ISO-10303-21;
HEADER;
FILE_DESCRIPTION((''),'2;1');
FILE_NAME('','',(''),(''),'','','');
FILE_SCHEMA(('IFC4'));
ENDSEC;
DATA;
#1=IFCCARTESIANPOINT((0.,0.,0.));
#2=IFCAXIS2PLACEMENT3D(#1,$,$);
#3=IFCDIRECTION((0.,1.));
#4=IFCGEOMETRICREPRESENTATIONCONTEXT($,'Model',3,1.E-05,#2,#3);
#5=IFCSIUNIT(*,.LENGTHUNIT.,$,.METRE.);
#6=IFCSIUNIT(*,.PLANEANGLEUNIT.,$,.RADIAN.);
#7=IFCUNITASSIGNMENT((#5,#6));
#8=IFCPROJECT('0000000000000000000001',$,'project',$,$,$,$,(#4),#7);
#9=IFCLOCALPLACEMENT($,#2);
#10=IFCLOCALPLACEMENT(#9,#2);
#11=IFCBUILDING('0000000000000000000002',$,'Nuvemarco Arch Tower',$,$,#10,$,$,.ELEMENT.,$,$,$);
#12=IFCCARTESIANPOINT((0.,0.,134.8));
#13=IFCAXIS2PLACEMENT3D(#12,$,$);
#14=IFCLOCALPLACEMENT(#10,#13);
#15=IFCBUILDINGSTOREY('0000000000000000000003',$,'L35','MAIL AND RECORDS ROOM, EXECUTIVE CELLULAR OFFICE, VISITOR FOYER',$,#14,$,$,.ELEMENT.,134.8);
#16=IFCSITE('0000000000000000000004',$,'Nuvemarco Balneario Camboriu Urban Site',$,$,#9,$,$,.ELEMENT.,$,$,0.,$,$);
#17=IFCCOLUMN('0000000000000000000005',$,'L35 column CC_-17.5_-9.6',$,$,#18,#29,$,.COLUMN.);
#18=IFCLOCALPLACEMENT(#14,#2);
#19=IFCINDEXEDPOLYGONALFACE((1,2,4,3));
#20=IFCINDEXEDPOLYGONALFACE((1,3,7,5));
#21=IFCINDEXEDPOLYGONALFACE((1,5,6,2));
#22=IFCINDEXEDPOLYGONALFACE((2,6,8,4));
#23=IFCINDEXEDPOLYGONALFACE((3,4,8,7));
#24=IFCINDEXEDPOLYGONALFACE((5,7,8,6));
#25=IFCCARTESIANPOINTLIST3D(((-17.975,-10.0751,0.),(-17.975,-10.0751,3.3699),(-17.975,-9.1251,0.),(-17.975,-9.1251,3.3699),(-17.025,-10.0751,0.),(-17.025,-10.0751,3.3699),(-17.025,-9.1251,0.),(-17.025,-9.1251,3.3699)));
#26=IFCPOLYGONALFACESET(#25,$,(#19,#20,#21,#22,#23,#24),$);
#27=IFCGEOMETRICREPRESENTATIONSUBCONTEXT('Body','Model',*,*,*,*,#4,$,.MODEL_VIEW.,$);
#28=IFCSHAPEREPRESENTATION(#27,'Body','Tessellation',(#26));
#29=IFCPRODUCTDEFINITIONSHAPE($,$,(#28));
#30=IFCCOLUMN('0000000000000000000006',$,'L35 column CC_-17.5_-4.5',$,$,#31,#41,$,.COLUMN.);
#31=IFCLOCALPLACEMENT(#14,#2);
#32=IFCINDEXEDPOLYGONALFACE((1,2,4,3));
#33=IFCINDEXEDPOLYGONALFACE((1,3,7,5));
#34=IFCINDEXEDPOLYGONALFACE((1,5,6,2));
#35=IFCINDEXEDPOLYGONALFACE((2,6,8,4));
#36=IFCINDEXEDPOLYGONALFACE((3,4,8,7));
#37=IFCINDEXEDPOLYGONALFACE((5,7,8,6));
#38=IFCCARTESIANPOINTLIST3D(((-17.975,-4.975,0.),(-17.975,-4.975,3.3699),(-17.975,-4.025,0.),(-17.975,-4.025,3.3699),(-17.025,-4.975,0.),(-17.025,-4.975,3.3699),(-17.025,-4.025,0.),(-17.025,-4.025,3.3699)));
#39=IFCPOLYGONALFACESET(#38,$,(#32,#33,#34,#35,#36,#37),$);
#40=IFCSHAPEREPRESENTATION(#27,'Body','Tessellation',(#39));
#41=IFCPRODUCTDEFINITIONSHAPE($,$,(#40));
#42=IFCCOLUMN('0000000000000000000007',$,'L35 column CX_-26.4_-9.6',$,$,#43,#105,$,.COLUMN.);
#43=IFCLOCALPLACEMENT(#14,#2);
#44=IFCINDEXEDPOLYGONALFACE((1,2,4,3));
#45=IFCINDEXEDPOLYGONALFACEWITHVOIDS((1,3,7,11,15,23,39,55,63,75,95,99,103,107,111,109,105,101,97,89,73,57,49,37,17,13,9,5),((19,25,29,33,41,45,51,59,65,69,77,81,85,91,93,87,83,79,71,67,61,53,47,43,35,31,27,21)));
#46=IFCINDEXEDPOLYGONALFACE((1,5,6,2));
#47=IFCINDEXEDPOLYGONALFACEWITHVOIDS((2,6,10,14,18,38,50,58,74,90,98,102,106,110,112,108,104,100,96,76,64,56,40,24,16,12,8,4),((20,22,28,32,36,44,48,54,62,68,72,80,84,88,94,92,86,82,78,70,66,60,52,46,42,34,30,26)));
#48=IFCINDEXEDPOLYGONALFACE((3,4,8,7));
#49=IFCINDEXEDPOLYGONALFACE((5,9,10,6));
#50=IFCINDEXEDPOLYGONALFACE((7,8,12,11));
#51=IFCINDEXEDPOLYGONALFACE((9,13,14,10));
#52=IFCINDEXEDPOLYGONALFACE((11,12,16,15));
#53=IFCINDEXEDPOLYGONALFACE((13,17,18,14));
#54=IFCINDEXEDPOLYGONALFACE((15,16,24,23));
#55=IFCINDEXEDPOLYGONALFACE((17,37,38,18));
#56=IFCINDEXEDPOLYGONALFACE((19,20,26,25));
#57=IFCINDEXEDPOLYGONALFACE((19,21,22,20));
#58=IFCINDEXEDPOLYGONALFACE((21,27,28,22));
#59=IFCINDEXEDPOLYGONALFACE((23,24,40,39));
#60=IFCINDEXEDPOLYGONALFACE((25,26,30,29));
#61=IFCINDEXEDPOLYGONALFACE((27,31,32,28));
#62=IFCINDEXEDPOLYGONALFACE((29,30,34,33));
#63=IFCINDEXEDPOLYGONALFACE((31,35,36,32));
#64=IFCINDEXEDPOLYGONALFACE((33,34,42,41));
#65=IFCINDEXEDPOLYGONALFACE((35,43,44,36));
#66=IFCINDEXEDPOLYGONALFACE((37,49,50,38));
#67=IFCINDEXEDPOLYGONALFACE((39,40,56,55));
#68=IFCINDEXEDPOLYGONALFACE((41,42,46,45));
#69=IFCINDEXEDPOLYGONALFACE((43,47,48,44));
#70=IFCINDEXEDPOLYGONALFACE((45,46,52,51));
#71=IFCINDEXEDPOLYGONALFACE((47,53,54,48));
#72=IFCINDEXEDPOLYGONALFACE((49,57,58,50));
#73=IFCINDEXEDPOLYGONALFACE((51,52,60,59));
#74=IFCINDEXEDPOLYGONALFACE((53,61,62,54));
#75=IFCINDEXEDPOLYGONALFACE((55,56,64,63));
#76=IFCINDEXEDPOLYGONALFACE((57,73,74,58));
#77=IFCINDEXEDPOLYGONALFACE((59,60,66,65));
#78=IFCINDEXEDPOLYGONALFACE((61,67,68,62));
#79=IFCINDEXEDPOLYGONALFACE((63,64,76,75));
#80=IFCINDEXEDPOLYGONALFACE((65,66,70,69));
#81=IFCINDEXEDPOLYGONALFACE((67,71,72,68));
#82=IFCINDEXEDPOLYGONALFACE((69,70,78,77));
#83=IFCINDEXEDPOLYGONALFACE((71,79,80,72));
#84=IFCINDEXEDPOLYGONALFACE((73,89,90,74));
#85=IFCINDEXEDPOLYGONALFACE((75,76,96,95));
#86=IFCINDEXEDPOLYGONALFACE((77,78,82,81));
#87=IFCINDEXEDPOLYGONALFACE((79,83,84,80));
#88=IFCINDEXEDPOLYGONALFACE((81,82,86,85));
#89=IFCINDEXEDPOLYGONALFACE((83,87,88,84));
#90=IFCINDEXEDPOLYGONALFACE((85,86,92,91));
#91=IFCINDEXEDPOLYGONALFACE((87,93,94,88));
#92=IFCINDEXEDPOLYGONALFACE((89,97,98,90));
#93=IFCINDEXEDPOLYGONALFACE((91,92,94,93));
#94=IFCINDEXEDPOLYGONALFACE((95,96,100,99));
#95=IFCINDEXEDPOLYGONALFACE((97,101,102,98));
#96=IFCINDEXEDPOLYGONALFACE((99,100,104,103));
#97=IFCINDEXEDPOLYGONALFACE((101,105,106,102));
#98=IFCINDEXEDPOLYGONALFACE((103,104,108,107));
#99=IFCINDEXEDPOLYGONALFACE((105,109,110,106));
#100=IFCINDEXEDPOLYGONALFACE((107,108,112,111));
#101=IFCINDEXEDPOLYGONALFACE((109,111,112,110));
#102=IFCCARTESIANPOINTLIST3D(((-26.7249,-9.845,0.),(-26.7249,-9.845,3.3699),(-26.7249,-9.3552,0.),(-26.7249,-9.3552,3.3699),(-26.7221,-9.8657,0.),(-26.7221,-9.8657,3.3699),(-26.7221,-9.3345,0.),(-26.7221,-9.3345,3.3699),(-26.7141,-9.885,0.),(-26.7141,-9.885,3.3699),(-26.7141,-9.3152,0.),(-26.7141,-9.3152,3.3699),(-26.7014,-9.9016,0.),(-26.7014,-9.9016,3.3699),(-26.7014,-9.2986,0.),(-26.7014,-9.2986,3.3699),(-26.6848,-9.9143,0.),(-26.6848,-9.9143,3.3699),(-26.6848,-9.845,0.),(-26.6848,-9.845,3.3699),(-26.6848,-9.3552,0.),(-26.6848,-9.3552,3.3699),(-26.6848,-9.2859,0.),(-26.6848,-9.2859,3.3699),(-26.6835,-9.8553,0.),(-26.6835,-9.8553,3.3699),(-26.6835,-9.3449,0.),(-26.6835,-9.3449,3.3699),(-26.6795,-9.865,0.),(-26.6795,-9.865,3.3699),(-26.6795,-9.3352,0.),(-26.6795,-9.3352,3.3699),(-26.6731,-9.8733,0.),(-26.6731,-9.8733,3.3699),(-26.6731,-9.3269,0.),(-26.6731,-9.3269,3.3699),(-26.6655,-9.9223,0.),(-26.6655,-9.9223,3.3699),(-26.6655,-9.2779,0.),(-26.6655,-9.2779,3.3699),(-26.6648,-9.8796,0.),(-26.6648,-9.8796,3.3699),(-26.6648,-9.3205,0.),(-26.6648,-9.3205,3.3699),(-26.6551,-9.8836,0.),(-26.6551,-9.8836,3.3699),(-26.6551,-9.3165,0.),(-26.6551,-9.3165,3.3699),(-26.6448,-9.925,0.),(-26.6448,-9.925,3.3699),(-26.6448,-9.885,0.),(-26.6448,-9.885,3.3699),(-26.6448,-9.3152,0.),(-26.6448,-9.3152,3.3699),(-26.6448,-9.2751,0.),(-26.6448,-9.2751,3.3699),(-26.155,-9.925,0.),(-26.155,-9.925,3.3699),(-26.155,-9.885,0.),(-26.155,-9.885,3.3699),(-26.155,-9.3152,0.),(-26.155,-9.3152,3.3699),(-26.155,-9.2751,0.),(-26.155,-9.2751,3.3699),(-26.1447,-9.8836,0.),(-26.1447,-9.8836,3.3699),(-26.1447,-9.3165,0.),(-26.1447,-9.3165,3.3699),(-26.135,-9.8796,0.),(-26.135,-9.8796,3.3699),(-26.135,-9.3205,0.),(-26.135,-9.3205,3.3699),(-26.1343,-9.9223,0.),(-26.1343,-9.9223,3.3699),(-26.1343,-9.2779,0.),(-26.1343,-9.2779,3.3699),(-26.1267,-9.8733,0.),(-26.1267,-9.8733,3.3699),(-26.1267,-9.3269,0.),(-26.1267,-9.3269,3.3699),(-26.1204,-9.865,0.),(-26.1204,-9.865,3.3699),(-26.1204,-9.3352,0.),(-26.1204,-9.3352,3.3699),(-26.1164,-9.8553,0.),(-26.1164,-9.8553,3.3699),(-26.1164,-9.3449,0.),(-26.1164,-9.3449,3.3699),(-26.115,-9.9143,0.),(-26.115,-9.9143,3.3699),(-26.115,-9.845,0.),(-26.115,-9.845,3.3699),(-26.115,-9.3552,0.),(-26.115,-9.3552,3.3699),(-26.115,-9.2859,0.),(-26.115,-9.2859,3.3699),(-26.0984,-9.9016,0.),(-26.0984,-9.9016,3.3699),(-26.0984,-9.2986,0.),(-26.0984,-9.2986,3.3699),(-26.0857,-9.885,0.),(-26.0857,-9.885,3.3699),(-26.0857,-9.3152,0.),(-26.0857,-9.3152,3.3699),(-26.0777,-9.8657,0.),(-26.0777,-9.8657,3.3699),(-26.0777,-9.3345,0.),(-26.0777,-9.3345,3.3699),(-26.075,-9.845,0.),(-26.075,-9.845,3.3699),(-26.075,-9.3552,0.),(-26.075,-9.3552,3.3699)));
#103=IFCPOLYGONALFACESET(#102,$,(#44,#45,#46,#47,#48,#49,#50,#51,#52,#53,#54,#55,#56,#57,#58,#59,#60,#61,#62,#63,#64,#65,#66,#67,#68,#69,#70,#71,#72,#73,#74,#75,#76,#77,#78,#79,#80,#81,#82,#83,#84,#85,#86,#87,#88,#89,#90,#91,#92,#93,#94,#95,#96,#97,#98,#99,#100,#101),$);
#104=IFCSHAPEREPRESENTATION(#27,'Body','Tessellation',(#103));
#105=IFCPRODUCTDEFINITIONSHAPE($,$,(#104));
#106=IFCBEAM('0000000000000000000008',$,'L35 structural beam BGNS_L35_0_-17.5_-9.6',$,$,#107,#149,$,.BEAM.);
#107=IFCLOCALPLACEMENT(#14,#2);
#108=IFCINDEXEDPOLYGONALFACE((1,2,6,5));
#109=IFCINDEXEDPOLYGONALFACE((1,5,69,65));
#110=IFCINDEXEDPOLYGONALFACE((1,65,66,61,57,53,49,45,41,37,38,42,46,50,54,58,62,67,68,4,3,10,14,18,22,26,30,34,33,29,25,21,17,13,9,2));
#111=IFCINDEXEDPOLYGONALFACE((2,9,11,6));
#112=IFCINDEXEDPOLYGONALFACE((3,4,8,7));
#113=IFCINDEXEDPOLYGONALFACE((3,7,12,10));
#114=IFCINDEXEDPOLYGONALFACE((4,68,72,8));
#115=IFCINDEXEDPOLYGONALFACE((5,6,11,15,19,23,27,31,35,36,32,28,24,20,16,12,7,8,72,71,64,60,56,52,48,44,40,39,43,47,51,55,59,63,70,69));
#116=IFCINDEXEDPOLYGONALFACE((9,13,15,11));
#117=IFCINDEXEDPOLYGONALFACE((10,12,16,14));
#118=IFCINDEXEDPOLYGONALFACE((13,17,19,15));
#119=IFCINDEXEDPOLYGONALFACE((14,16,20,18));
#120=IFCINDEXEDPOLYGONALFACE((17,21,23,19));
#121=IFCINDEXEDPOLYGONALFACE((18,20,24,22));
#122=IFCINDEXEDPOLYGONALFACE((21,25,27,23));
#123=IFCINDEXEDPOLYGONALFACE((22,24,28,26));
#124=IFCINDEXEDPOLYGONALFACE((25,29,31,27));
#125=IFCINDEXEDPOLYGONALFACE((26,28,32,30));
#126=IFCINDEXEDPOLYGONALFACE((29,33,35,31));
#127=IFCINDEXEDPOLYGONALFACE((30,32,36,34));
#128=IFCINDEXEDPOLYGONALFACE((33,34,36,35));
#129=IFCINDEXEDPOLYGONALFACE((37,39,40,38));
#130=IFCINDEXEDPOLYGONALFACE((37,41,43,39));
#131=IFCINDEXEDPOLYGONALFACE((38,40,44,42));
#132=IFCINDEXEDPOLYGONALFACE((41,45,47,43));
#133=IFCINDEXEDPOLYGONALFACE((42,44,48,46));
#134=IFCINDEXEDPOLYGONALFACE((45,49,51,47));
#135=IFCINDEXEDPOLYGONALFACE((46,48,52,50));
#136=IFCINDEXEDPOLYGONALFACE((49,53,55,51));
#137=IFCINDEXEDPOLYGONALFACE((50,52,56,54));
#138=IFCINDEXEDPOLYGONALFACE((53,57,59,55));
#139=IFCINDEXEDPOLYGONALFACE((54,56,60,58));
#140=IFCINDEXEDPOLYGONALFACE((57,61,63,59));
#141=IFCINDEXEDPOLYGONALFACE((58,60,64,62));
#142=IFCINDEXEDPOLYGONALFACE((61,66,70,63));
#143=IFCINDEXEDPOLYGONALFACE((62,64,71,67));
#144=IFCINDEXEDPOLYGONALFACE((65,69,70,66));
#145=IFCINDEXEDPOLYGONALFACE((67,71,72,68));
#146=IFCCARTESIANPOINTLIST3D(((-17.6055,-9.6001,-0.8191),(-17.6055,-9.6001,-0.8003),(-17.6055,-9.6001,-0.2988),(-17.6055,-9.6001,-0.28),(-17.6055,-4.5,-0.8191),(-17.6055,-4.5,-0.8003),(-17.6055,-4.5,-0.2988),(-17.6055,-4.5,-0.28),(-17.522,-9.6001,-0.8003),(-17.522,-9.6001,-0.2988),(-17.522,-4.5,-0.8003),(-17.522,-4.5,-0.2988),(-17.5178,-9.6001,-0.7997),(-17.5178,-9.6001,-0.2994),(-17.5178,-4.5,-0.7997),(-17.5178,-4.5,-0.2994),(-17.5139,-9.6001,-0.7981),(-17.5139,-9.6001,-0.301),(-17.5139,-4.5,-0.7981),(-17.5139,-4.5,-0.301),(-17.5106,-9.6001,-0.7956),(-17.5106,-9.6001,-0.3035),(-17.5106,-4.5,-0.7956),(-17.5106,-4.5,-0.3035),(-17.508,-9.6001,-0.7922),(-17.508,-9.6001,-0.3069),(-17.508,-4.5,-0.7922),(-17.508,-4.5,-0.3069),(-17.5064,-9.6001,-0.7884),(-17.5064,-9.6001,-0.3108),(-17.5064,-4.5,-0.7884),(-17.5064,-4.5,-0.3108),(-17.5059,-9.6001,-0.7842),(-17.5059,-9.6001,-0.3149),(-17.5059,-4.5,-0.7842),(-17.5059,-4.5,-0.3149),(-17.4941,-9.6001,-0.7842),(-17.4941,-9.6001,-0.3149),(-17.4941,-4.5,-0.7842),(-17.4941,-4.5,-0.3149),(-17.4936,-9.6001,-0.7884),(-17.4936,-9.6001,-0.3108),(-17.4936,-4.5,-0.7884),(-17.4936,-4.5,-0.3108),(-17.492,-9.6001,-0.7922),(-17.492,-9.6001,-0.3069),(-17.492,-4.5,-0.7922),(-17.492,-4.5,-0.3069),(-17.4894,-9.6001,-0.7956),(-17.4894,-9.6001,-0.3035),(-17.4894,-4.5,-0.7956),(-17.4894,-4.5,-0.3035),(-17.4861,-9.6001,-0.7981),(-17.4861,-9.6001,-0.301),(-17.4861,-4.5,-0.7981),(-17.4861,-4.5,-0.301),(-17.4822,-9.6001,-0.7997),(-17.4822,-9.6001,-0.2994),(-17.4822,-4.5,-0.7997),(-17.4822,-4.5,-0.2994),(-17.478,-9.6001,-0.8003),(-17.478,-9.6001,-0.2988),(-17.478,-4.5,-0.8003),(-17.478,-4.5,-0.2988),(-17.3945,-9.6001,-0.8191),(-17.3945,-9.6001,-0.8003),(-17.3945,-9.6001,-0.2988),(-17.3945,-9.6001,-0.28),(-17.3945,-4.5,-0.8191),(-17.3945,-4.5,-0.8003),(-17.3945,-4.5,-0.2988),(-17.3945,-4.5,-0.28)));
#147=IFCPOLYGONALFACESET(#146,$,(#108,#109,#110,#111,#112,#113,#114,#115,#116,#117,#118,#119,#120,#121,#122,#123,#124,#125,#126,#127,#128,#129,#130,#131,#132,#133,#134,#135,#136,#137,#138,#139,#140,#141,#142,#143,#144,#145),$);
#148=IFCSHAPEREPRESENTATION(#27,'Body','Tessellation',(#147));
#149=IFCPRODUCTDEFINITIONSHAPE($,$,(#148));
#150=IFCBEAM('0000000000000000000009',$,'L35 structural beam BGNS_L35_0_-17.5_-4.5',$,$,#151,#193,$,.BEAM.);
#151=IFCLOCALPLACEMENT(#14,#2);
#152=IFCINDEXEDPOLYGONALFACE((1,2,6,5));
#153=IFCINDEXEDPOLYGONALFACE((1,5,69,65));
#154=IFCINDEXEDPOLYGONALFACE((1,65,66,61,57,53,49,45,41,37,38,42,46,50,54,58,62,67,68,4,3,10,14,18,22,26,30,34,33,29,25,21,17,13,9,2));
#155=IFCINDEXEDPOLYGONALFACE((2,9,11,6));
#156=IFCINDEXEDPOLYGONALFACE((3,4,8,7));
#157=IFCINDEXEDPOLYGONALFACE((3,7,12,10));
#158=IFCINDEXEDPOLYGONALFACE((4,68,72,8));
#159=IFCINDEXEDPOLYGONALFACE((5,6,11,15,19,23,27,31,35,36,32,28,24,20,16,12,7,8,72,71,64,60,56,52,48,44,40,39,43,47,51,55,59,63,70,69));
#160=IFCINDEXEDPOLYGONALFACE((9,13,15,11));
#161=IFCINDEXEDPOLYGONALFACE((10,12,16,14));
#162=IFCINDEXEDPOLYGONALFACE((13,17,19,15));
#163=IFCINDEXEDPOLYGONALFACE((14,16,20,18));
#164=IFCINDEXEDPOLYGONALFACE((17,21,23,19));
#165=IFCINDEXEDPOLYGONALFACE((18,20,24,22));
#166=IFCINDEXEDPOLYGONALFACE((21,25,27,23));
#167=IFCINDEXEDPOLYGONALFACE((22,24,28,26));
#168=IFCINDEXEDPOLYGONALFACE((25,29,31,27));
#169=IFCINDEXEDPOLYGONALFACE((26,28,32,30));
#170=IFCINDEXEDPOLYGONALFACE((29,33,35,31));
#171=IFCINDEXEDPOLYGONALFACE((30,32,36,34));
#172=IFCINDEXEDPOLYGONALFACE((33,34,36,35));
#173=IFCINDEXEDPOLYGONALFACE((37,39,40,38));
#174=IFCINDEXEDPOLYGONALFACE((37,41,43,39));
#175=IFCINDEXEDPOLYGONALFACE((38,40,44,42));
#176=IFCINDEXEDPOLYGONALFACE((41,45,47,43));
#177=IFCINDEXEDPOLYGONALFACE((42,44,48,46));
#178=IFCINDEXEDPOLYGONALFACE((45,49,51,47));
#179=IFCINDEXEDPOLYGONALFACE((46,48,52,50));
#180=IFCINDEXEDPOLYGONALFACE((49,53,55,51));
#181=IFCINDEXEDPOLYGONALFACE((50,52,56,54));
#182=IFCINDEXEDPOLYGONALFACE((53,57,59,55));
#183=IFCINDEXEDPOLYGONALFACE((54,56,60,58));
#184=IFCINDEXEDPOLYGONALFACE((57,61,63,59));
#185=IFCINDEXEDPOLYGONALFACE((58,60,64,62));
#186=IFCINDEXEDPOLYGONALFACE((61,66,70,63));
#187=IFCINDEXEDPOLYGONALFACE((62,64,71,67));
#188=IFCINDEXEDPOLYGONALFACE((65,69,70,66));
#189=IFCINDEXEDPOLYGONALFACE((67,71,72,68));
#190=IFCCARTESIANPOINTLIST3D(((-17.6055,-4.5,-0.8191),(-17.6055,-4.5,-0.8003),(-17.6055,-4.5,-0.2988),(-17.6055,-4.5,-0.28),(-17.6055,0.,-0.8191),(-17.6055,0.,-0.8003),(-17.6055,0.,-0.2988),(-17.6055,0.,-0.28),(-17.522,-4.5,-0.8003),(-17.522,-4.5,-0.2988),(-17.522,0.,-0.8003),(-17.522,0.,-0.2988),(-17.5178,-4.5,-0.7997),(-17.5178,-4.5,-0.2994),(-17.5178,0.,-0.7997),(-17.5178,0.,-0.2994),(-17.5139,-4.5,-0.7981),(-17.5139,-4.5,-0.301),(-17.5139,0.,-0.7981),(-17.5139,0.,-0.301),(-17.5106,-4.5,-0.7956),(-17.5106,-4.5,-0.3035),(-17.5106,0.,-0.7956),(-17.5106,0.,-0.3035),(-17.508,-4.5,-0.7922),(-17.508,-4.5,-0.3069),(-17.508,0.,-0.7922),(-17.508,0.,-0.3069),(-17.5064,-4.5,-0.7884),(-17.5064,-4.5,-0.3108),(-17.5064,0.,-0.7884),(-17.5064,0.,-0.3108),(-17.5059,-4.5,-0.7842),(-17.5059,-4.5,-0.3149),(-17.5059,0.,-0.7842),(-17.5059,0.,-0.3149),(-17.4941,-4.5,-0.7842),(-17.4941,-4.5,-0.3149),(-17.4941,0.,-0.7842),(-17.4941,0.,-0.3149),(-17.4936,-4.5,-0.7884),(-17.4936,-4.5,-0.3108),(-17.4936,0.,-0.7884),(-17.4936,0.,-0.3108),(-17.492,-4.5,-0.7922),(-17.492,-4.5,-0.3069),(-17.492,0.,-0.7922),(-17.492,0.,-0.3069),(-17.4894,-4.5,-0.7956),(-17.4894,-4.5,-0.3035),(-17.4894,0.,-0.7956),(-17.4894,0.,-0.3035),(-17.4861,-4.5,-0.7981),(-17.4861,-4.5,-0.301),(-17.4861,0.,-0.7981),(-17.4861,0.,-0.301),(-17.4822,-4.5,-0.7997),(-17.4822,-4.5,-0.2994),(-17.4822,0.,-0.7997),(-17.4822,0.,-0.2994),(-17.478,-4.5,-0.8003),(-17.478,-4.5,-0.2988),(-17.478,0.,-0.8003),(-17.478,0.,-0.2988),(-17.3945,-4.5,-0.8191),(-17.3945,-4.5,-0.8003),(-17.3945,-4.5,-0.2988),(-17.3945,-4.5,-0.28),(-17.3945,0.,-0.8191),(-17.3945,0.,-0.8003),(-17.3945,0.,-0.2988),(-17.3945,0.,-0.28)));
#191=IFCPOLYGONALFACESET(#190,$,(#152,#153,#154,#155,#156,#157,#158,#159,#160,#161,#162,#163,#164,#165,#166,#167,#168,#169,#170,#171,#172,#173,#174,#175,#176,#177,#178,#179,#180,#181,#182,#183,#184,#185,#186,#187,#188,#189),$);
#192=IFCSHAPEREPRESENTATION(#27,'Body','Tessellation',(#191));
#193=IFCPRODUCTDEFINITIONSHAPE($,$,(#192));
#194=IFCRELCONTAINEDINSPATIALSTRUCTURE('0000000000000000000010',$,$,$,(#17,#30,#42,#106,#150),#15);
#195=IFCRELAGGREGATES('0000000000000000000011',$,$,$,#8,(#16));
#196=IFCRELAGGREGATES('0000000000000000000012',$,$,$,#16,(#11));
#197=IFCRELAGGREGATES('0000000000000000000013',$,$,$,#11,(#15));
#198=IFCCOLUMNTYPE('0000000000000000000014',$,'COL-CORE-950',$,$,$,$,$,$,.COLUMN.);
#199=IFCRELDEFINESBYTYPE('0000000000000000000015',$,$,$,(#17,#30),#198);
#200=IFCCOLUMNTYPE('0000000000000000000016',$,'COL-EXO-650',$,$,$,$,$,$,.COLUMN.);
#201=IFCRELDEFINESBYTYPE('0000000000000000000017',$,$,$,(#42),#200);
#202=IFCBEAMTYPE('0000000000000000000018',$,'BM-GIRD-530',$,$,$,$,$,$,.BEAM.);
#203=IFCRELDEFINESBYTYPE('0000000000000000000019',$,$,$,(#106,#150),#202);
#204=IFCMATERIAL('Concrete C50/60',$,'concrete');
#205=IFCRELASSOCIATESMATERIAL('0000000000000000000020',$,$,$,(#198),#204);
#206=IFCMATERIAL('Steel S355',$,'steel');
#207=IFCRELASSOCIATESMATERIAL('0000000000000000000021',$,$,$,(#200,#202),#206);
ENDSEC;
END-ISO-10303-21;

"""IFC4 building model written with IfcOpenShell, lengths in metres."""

from ifc_helpers import new_model, si_unit, direction, frame, origin, origin_2d, place, context, subcontext, project, spatial, rectangle, hollow_rectangle, i_section, extrude, material, material_profile, profile_set, type_object, element, save


model = new_model("IFC4")

# Units and contexts
model_context = context("Model", 3, precision=1e-05, world=origin(), true_north=direction((0.0, 1.0)))
body_context = subcontext(model_context, "Body", "Model", "MODEL_VIEW")
ifc_project = project(units=[si_unit("LENGTHUNIT", "METRE"), si_unit("PLANEANGLEUNIT", "RADIAN")], contexts=[model_context])

# Site, building, storey
site_placement = place(None, origin())
site = spatial("IfcSite", under=ifc_project, at=site_placement, Name="Nuvemarco Balneario Camboriu Urban Site", CompositionType="ELEMENT", RefElevation=0.0)
building_placement = place(site_placement, origin())
building = spatial("IfcBuilding", under=site, at=building_placement, Name="Nuvemarco Arch Tower", CompositionType="ELEMENT")
storey_placement = place(building_placement, frame((0.0, 0.0, 134.8)))
storey = spatial("IfcBuildingStorey", under=building, at=storey_placement, Name="L35", Description="MAIL AND RECORDS ROOM, EXECUTIVE CELLULAR OFFICE, VISITOR FOYER", CompositionType="ELEMENT", Elevation=134.8)

# Columns
ifc_material_1 = material(Name="Concrete C50/60", Category="concrete")
ifc_material_profile_1 = material_profile(ifc_material_1, rectangle(XDim=0.95, YDim=0.95, at=origin_2d()), Name="RC-COL-950x950")
ifc_profile_set_1 = profile_set([ifc_material_profile_1], Name="Concrete C50/60")
column_type_1 = type_object("IfcColumnType", Name="COL-CORE-950", PredefinedType="COLUMN", material=ifc_profile_set_1)
for number, where, z_axis, x_axis, name in (
    (1, (-17.5, -9.6001, 0.0), (0.0, 0.0, 1.0), (1.0, 0.0, 0.0), "L35 column CC_-17.5_-9.6"),
    (2, (-17.5, -4.5, 0.0), (0.0, 0.0, 1.0), (1.0, 0.0, 0.0), "L35 column CC_-17.5_-4.5"),
):
    element("IfcColumn", number, at=place(storey_placement, frame(where, z_axis=z_axis, x_axis=x_axis)), inside=storey, type_object=column_type_1, Name=name, PredefinedType="COLUMN", context=body_context, shape_type="SweptSolid", body=[
        extrude(rectangle(XDim=0.95, YDim=0.95, at=origin_2d()), origin(), (0.0, 0.0, 1.0), 3.3699),
    ])
ifc_material_2 = material(Name="Steel S355", Category="steel")
ifc_material_profile_2 = material_profile(ifc_material_2, hollow_rectangle(XDim=0.6499, YDim=0.6499, WallThickness=0.04, InnerFilletRadius=0.04, OuterFilletRadius=0.0801, at=origin_2d()), Name="SHS650x650x40")
ifc_profile_set_2 = profile_set([ifc_material_profile_2], Name="Steel S355")
column_type_2 = type_object("IfcColumnType", Name="COL-EXO-650", PredefinedType="COLUMN", material=ifc_profile_set_2)
column_placement = place(storey_placement, frame((-26.3999, -9.6001, 0.0), z_axis=(0.0, 0.0, 1.0), x_axis=(1.0, 0.0, 0.0)))
element("IfcColumn", 3, at=column_placement, inside=storey, type_object=column_type_2, Name="L35 column CX_-26.4_-9.6", PredefinedType="COLUMN", context=body_context, shape_type="SweptSolid", body=[
    extrude(hollow_rectangle(XDim=0.6499, YDim=0.6499, WallThickness=0.04, InnerFilletRadius=0.04, OuterFilletRadius=0.0801, at=origin_2d()), origin(), (0.0, 0.0, 1.0), 3.3699),
])

# Beams
ifc_material_profile_3 = material_profile(ifc_material_2, i_section(OverallWidth=0.2109, OverallDepth=0.5391, WebThickness=0.0117, FlangeThickness=0.0188, FilletRadius=0.0161, at=origin_2d()), Name="W530x109")
ifc_profile_set_3 = profile_set([ifc_material_profile_3], Name="Steel S355")
beam_type_1 = type_object("IfcBeamType", Name="BM-GIRD-530", PredefinedType="BEAM", material=ifc_profile_set_3)
beam_1_placement = place(storey_placement, frame((-17.5, -9.6001, -0.5496), z_axis=(0.0, 1.0, 0.0), x_axis=(-1.0, 0.0, 0.0)))
element("IfcBeam", 4, at=beam_1_placement, inside=storey, type_object=beam_type_1, Name="L35 structural beam BGNS_L35_0_-17.5_-9.6", PredefinedType="BEAM", context=body_context, shape_type="SweptSolid", body=[
    extrude(i_section(OverallWidth=0.2109, OverallDepth=0.5391, WebThickness=0.0117, FlangeThickness=0.0188, FilletRadius=0.0161, at=origin_2d()), origin(), (0.0, 0.0, 1.0), 5.1001),
])
beam_2_placement = place(storey_placement, frame((-17.5, -4.5, -0.5496), z_axis=(0.0, 1.0, 0.0), x_axis=(-1.0, 0.0, 0.0)))
element("IfcBeam", 5, at=beam_2_placement, inside=storey, type_object=beam_type_1, Name="L35 structural beam BGNS_L35_0_-17.5_-4.5", PredefinedType="BEAM", context=body_context, shape_type="SweptSolid", body=[
    extrude(i_section(OverallWidth=0.2109, OverallDepth=0.5391, WebThickness=0.0117, FlangeThickness=0.0188, FilletRadius=0.0161, at=origin_2d()), origin(), (0.0, 0.0, 1.0), 4.5),
])

save(model, "model.ifc")
